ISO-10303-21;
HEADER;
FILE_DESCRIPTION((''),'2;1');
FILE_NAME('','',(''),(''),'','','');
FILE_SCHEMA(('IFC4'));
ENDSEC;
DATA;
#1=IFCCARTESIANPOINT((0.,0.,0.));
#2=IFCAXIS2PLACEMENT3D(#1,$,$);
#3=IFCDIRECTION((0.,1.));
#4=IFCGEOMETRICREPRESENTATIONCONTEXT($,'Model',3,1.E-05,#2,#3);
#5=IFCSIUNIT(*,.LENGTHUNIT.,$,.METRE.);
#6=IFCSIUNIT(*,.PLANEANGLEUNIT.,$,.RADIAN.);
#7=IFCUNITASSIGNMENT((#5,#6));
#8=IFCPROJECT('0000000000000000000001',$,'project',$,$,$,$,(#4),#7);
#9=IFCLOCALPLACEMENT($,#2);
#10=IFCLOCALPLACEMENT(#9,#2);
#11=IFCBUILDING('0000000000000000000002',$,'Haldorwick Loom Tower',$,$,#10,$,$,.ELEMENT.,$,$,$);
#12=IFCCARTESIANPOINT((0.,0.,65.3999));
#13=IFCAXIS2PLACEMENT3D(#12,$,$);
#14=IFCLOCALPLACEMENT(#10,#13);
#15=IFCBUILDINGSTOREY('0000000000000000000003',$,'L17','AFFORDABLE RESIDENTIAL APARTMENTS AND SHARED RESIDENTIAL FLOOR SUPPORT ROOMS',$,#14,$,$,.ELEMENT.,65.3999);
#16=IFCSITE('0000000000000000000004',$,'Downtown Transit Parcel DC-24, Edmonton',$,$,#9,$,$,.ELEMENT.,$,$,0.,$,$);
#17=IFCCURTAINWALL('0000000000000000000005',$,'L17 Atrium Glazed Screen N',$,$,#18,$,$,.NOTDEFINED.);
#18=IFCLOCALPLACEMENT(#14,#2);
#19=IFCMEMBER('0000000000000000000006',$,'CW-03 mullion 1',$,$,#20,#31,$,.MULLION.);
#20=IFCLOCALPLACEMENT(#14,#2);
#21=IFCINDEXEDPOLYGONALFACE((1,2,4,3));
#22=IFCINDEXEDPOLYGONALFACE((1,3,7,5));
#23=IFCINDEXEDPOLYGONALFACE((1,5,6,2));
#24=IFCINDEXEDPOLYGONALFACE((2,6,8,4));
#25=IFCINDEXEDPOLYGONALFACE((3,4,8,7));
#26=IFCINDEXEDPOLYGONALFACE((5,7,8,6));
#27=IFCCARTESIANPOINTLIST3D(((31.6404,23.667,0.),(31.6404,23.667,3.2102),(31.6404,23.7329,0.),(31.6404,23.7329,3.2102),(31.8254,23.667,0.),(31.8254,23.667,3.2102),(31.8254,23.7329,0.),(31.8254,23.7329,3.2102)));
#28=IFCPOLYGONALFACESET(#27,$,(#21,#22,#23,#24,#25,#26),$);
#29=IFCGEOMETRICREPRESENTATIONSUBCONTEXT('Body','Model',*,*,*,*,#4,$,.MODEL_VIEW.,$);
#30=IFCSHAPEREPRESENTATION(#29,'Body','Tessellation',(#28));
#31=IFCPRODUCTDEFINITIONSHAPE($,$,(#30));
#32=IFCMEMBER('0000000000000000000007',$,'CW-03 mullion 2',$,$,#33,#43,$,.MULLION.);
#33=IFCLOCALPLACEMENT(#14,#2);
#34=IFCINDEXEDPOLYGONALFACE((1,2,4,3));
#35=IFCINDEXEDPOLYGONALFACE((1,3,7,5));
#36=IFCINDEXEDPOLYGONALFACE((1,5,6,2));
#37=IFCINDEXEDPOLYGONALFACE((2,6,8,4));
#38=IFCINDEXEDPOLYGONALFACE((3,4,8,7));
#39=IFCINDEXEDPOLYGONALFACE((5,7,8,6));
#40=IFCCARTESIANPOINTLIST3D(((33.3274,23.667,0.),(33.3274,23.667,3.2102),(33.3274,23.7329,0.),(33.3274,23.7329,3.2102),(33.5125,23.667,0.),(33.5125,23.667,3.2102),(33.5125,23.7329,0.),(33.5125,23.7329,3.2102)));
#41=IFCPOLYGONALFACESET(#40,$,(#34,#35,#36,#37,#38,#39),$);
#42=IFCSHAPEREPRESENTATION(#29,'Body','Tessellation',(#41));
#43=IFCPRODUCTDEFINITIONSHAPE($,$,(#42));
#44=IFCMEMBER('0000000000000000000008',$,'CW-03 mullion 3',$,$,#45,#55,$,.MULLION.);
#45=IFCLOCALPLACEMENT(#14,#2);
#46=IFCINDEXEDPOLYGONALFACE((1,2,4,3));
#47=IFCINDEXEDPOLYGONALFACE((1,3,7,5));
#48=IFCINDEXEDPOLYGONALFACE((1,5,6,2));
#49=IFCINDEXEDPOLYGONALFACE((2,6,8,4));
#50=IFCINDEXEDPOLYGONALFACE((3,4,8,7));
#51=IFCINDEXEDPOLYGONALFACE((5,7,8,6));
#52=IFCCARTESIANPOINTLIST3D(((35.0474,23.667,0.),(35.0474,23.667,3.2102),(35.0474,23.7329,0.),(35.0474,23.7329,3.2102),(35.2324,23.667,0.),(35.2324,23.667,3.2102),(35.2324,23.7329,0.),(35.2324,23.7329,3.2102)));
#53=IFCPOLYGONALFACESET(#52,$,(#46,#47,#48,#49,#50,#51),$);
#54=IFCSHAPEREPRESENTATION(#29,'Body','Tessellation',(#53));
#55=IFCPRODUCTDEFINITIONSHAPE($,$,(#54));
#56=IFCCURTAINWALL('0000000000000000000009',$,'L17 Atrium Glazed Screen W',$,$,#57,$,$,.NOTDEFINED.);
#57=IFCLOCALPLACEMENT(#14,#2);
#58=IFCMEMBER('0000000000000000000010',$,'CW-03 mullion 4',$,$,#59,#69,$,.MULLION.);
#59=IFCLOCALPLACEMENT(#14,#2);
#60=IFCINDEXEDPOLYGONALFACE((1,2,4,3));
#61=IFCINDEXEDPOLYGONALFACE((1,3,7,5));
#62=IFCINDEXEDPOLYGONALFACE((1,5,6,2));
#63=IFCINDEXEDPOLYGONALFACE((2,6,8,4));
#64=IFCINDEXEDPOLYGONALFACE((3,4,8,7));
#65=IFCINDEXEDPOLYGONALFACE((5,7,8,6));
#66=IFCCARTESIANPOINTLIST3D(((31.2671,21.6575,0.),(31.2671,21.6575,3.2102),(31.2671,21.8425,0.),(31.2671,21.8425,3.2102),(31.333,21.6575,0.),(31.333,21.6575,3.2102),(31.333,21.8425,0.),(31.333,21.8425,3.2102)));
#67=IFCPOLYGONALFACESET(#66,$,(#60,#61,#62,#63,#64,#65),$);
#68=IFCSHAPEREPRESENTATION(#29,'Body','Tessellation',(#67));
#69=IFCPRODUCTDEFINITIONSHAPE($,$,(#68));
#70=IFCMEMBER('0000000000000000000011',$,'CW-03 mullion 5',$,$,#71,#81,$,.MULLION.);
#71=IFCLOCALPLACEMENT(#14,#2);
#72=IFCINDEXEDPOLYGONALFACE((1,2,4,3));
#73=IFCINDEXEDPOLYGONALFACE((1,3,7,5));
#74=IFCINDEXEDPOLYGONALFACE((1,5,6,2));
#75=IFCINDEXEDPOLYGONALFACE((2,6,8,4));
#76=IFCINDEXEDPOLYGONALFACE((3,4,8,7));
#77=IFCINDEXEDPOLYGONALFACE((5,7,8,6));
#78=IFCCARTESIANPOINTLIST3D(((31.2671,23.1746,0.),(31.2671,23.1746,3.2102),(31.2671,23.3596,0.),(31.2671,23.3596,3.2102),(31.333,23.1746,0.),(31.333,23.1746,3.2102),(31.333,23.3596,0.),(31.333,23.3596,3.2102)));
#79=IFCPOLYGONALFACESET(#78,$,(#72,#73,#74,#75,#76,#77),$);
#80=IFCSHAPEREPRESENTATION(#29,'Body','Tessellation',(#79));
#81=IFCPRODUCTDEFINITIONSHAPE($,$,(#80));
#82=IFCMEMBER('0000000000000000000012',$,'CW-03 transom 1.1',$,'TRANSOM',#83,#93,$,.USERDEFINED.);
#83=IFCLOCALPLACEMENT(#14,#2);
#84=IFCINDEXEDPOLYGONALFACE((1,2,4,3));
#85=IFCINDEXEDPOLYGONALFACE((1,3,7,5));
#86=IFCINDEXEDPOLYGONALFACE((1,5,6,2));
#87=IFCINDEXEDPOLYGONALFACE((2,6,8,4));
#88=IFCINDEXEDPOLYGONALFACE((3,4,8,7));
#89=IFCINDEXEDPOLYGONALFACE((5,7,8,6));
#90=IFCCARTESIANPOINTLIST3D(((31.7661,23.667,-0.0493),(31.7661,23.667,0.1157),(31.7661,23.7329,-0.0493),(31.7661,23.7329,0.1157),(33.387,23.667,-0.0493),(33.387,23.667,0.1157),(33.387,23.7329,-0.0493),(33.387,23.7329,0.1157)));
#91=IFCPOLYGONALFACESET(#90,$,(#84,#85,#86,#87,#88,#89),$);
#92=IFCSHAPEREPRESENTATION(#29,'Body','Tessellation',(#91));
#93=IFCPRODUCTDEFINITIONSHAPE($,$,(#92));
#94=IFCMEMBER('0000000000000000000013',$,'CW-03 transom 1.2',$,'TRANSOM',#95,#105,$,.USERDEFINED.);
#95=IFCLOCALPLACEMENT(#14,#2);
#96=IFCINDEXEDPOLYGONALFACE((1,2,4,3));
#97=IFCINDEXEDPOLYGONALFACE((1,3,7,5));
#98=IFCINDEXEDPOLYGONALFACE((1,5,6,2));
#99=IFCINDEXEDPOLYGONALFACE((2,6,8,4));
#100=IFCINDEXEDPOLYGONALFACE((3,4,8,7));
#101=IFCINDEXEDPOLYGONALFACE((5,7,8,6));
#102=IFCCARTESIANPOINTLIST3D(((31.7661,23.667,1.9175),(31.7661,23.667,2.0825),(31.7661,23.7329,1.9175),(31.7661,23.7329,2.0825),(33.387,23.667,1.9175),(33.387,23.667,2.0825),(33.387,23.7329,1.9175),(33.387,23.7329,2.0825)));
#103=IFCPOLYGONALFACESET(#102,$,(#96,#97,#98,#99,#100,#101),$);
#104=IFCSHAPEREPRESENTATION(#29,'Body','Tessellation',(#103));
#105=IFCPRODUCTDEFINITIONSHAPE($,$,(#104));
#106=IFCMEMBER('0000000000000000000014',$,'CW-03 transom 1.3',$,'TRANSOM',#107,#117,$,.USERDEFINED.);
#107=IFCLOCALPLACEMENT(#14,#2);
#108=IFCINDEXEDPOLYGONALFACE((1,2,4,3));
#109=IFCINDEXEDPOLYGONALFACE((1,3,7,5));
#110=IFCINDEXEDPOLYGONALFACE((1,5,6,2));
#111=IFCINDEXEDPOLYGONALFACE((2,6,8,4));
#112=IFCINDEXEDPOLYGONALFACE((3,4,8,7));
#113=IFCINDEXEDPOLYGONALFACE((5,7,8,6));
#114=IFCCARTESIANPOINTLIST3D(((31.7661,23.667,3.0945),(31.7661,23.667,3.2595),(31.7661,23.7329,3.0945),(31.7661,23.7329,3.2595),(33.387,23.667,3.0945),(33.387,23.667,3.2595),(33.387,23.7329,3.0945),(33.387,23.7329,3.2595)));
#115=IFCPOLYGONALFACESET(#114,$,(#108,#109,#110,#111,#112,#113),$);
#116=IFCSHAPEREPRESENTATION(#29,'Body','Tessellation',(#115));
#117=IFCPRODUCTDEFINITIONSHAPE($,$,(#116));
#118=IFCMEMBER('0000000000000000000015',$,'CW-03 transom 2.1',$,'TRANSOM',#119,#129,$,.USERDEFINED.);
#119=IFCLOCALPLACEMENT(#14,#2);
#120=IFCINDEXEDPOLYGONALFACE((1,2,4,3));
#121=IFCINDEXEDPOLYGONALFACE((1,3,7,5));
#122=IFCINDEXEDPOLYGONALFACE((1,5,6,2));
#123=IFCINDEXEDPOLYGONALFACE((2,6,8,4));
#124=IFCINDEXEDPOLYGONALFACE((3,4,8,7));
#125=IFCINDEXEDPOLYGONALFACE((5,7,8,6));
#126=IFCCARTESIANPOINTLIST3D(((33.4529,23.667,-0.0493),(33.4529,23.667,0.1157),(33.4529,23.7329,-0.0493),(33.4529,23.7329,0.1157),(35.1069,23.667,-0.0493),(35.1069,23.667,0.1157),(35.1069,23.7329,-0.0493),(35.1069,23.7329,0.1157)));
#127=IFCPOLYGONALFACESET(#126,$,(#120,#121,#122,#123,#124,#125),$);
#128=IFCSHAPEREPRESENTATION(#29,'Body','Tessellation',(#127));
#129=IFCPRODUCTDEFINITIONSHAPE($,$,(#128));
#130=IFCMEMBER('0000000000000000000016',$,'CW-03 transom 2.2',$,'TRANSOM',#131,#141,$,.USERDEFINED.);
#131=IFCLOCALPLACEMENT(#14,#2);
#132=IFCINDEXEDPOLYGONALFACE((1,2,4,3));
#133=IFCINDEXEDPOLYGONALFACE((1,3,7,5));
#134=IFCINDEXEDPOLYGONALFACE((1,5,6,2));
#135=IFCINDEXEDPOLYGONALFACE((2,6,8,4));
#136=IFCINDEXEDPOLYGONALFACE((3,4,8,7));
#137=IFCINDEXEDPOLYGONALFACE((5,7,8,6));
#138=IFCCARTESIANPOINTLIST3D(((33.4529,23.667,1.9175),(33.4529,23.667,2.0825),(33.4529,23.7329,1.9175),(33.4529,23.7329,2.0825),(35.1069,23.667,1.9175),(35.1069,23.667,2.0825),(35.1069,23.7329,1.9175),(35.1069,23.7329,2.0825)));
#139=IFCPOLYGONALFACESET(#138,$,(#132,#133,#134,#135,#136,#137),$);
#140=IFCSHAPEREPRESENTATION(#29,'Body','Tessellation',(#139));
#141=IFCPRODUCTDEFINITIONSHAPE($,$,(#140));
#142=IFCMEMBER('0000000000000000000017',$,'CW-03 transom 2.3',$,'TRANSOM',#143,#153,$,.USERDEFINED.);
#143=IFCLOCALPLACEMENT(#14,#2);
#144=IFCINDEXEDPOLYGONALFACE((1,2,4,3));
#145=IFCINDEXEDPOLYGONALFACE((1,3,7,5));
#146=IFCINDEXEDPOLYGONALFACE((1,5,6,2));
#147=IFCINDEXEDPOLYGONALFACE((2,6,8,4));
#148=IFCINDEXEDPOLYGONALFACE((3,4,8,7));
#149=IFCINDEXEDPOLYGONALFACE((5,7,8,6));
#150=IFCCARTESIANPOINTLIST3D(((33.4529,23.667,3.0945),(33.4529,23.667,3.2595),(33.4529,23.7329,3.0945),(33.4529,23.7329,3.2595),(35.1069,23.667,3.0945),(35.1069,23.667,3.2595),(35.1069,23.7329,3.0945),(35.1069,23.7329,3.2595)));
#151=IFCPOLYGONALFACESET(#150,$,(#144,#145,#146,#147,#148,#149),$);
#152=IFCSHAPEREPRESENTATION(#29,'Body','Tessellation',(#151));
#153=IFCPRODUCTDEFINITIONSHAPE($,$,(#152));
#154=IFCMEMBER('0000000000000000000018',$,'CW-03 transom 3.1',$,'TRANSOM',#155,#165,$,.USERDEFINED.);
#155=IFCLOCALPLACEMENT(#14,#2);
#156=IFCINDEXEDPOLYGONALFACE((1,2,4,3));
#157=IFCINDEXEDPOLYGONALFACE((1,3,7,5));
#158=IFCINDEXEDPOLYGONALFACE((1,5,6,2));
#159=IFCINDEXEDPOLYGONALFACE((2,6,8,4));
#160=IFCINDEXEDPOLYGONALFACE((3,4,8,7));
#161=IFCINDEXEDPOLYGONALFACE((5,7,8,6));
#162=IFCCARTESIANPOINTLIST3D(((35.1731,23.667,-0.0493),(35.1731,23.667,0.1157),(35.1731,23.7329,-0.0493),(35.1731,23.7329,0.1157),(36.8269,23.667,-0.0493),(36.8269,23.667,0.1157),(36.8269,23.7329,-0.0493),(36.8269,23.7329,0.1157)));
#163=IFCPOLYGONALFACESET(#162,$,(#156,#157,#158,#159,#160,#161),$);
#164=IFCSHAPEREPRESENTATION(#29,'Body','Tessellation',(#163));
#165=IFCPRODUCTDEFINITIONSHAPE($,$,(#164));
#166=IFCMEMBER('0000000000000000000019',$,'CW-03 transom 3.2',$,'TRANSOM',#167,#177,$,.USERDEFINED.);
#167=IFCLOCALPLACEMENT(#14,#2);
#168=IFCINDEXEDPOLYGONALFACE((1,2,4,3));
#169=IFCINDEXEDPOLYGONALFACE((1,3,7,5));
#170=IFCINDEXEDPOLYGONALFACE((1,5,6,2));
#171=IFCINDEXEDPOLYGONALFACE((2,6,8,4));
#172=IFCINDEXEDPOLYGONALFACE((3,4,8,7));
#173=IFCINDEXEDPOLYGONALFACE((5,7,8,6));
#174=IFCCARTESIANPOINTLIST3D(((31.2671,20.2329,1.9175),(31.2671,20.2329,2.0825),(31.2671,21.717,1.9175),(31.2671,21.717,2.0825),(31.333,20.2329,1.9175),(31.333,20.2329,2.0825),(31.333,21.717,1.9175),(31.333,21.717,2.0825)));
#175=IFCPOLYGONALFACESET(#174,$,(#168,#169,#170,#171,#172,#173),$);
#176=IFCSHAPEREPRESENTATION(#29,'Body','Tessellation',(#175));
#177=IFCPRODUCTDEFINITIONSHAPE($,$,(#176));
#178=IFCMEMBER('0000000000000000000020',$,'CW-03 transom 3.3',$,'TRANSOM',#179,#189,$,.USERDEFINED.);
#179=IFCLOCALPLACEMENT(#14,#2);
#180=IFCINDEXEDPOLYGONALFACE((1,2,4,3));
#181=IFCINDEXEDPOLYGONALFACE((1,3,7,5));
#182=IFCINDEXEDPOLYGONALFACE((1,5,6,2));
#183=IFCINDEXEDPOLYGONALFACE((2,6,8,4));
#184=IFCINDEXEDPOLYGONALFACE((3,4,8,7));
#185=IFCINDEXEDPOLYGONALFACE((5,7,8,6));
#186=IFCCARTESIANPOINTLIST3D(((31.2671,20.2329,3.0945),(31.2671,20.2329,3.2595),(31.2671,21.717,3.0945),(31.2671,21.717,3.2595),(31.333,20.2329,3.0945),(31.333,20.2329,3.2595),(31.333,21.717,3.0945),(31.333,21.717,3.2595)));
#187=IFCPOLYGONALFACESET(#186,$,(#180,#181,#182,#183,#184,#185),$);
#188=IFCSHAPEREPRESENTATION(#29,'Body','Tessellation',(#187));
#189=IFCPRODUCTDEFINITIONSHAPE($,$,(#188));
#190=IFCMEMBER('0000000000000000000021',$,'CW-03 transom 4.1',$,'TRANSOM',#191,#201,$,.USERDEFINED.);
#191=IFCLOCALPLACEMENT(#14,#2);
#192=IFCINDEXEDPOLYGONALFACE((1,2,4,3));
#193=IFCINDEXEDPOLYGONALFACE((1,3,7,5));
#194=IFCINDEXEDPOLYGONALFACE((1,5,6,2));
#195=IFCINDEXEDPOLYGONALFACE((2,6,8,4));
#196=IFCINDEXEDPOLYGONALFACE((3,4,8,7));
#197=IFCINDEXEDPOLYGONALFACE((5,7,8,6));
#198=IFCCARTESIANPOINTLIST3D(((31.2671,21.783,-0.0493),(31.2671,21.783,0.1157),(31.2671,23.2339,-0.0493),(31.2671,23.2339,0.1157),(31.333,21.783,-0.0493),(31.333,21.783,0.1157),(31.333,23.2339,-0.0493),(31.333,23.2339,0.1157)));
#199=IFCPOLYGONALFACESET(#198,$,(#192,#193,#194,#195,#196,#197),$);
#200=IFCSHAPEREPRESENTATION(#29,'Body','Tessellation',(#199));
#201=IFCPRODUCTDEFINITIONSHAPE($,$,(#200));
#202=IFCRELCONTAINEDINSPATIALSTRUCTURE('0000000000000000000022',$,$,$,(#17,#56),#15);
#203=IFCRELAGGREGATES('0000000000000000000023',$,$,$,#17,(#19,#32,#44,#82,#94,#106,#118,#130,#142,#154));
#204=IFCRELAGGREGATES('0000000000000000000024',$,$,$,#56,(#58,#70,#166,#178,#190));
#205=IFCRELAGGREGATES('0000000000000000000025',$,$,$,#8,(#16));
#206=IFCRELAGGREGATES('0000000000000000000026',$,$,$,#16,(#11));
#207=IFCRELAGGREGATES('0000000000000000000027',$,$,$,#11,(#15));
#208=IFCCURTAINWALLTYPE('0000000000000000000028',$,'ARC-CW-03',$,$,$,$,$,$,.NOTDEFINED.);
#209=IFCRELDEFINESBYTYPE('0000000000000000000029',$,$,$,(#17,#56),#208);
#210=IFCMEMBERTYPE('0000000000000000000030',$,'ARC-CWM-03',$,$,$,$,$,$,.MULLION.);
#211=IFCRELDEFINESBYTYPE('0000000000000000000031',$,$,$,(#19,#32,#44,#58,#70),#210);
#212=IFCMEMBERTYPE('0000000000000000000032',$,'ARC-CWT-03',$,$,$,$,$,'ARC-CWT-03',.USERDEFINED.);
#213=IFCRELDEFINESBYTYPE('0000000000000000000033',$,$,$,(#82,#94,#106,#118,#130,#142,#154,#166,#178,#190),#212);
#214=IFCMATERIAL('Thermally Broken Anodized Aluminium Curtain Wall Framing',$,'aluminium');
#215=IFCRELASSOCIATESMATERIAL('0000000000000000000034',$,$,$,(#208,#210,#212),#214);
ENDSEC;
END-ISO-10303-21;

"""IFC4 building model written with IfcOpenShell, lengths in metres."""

from ifc_helpers import new_model, si_unit, direction, frame, origin, origin_2d, place, context, subcontext, project, spatial, rectangle, extrude, material, material_profile, profile_set, type_object, element, aggregate, save


model = new_model("IFC4")

# Units and contexts
model_context = context("Model", 3, precision=1e-05, world=origin(), true_north=direction((0.0, 1.0)))
body_context = subcontext(model_context, "Body", "Model", "MODEL_VIEW")
ifc_project = project(units=[si_unit("LENGTHUNIT", "METRE"), si_unit("PLANEANGLEUNIT", "RADIAN")], contexts=[model_context])

# Site, building, storey
site_placement = place(None, origin())
site = spatial("IfcSite", under=ifc_project, at=site_placement, Name="Downtown Transit Parcel DC-24, Edmonton", CompositionType="ELEMENT", RefElevation=0.0)
building_placement = place(site_placement, origin())
building = spatial("IfcBuilding", under=site, at=building_placement, Name="Haldorwick Loom Tower", CompositionType="ELEMENT")
storey_placement = place(building_placement, frame((0.0, 0.0, 65.3999)))
storey = spatial("IfcBuildingStorey", under=building, at=storey_placement, Name="L17", Description="AFFORDABLE RESIDENTIAL APARTMENTS AND SHARED RESIDENTIAL FLOOR SUPPORT ROOMS", CompositionType="ELEMENT", Elevation=65.3999)

# Curtain walls, members
ifc_material_1 = material(Name="Thermally Broken Anodized Aluminium Curtain Wall Framing", Category="aluminium")
curtain_wall_type = type_object("IfcCurtainWallType", Name="ARC-CW-03", PredefinedType="NOTDEFINED", material=ifc_material_1)
curtain_wall_1_placement = place(storey_placement, origin())
curtain_wall_1 = element("IfcCurtainWall", 1, at=curtain_wall_1_placement, inside=storey, type_object=curtain_wall_type, Name="L17 Atrium Glazed Screen N", PredefinedType="NOTDEFINED")
ifc_material_profile_1 = material_profile(ifc_material_1, rectangle(XDim=0.0659, YDim=0.1851, at=origin_2d()), Name="ALU_MUL_66X185", Category="aluminium")
ifc_profile_set_1 = profile_set([ifc_material_profile_1], Name="Thermally Broken Anodized Aluminium Curtain Wall Framing")
member_type_1 = type_object("IfcMemberType", Name="ARC-CWM-03", PredefinedType="MULLION", material=ifc_profile_set_1)
member_1_placement = place(storey_placement, frame((31.7329, 23.7, 0.0), z_axis=(0.0, 0.0, 1.0), x_axis=(0.0, 1.0, 0.0)))
member_1 = element("IfcMember", 2, at=member_1_placement, type_object=member_type_1, Name="CW-03 mullion 1", PredefinedType="MULLION", context=body_context, shape_type="SweptSolid", body=[
    extrude(rectangle(XDim=0.0659, YDim=0.1851, at=origin_2d()), origin(), (0.0, 0.0, 1.0), 3.2102),
])
member_2_placement = place(storey_placement, frame((33.4199, 23.7, 0.0), z_axis=(0.0, 0.0, 1.0), x_axis=(0.0, 1.0, 0.0)))
member_2 = element("IfcMember", 3, at=member_2_placement, type_object=member_type_1, Name="CW-03 mullion 2", PredefinedType="MULLION", context=body_context, shape_type="SweptSolid", body=[
    extrude(rectangle(XDim=0.0659, YDim=0.1851, at=origin_2d()), origin(), (0.0, 0.0, 1.0), 3.2102),
])
member_3_placement = place(storey_placement, frame((35.1399, 23.7, 0.0), z_axis=(0.0, 0.0, 1.0), x_axis=(0.0, 1.0, 0.0)))
member_3 = element("IfcMember", 4, at=member_3_placement, type_object=member_type_1, Name="CW-03 mullion 3", PredefinedType="MULLION", context=body_context, shape_type="SweptSolid", body=[
    extrude(rectangle(XDim=0.0659, YDim=0.1851, at=origin_2d()), origin(), (0.0, 0.0, 1.0), 3.2102),
])
curtain_wall_2_placement = place(storey_placement, origin())
curtain_wall_2 = element("IfcCurtainWall", 5, at=curtain_wall_2_placement, inside=storey, type_object=curtain_wall_type, Name="L17 Atrium Glazed Screen W", PredefinedType="NOTDEFINED")
member_4_placement = place(storey_placement, frame((31.3, 21.75, 0.0), z_axis=(0.0, 0.0, 1.0), x_axis=(-1.0, 0.0, 0.0)))
member_4 = element("IfcMember", 6, at=member_4_placement, type_object=member_type_1, Name="CW-03 mullion 4", PredefinedType="MULLION", context=body_context, shape_type="SweptSolid", body=[
    extrude(rectangle(XDim=0.0659, YDim=0.1851, at=origin_2d()), origin(), (0.0, 0.0, 1.0), 3.2102),
])
member_5_placement = place(storey_placement, frame((31.3, 23.2671, 0.0), z_axis=(0.0, 0.0, 1.0), x_axis=(-1.0, 0.0, 0.0)))
member_5 = element("IfcMember", 7, at=member_5_placement, type_object=member_type_1, Name="CW-03 mullion 5", PredefinedType="MULLION", context=body_context, shape_type="SweptSolid", body=[
    extrude(rectangle(XDim=0.0659, YDim=0.1851, at=origin_2d()), origin(), (0.0, 0.0, 1.0), 3.2102),
])

# Members
ifc_material_profile_2 = material_profile(ifc_material_1, rectangle(XDim=0.0659, YDim=0.165, at=origin_2d()), Name="ALU_TRN_66X165", Category="aluminium")
ifc_profile_set_2 = profile_set([ifc_material_profile_2], Name="Thermally Broken Anodized Aluminium Curtain Wall Framing")
member_type_2 = type_object("IfcMemberType", Name="ARC-CWT-03", ElementType="ARC-CWT-03", PredefinedType="USERDEFINED", material=ifc_profile_set_2)
member_6_placement = place(storey_placement, frame((31.7661, 23.7, 0.0332), z_axis=(1.0, 0.0, 0.0), x_axis=(0.0, 1.0, 0.0)))
member_6 = element("IfcMember", 8, at=member_6_placement, type_object=member_type_2, Name="CW-03 transom 1.1", ObjectType="TRANSOM", PredefinedType="USERDEFINED", context=body_context, shape_type="SweptSolid", body=[
    extrude(rectangle(XDim=0.0659, YDim=0.165, at=origin_2d()), origin(), (0.0, 0.0, 1.0), 1.6208),
])
member_7_placement = place(storey_placement, frame((31.7661, 23.7, 2.0), z_axis=(1.0, 0.0, 0.0), x_axis=(0.0, 1.0, 0.0)))
member_7 = element("IfcMember", 9, at=member_7_placement, type_object=member_type_2, Name="CW-03 transom 1.2", ObjectType="TRANSOM", PredefinedType="USERDEFINED", context=body_context, shape_type="SweptSolid", body=[
    extrude(rectangle(XDim=0.0659, YDim=0.165, at=origin_2d()), origin(), (0.0, 0.0, 1.0), 1.6208),
])
member_8_placement = place(storey_placement, frame((31.7661, 23.7, 3.177), z_axis=(1.0, 0.0, 0.0), x_axis=(0.0, 1.0, 0.0)))
member_8 = element("IfcMember", 10, at=member_8_placement, type_object=member_type_2, Name="CW-03 transom 1.3", ObjectType="TRANSOM", PredefinedType="USERDEFINED", context=body_context, shape_type="SweptSolid", body=[
    extrude(rectangle(XDim=0.0659, YDim=0.165, at=origin_2d()), origin(), (0.0, 0.0, 1.0), 1.6208),
])
member_9_placement = place(storey_placement, frame((33.4529, 23.7, 0.0332), z_axis=(1.0, 0.0, 0.0), x_axis=(0.0, 1.0, 0.0)))
member_9 = element("IfcMember", 11, at=member_9_placement, type_object=member_type_2, Name="CW-03 transom 2.1", ObjectType="TRANSOM", PredefinedType="USERDEFINED", context=body_context, shape_type="SweptSolid", body=[
    extrude(rectangle(XDim=0.0659, YDim=0.165, at=origin_2d()), origin(), (0.0, 0.0, 1.0), 1.6541),
])
member_10_placement = place(storey_placement, frame((33.4529, 23.7, 2.0), z_axis=(1.0, 0.0, 0.0), x_axis=(0.0, 1.0, 0.0)))
member_10 = element("IfcMember", 12, at=member_10_placement, type_object=member_type_2, Name="CW-03 transom 2.2", ObjectType="TRANSOM", PredefinedType="USERDEFINED", context=body_context, shape_type="SweptSolid", body=[
    extrude(rectangle(XDim=0.0659, YDim=0.165, at=origin_2d()), origin(), (0.0, 0.0, 1.0), 1.6541),
])
member_11_placement = place(storey_placement, frame((33.4529, 23.7, 3.177), z_axis=(1.0, 0.0, 0.0), x_axis=(0.0, 1.0, 0.0)))
member_11 = element("IfcMember", 13, at=member_11_placement, type_object=member_type_2, Name="CW-03 transom 2.3", ObjectType="TRANSOM", PredefinedType="USERDEFINED", context=body_context, shape_type="SweptSolid", body=[
    extrude(rectangle(XDim=0.0659, YDim=0.165, at=origin_2d()), origin(), (0.0, 0.0, 1.0), 1.6541),
])
member_12_placement = place(storey_placement, frame((35.1731, 23.7, 0.0332), z_axis=(1.0, 0.0, 0.0), x_axis=(0.0, 1.0, 0.0)))
member_12 = element("IfcMember", 14, at=member_12_placement, type_object=member_type_2, Name="CW-03 transom 3.1", ObjectType="TRANSOM", PredefinedType="USERDEFINED", context=body_context, shape_type="SweptSolid", body=[
    extrude(rectangle(XDim=0.0659, YDim=0.165, at=origin_2d()), origin(), (0.0, 0.0, 1.0), 1.6538),
])
member_13_placement = place(storey_placement, frame((31.3, 20.2329, 2.0), z_axis=(0.0, 1.0, 0.0), x_axis=(-1.0, 0.0, 0.0)))
member_13 = element("IfcMember", 15, at=member_13_placement, type_object=member_type_2, Name="CW-03 transom 3.2", ObjectType="TRANSOM", PredefinedType="USERDEFINED", context=body_context, shape_type="SweptSolid", body=[
    extrude(rectangle(XDim=0.0659, YDim=0.165, at=origin_2d()), origin(), (0.0, 0.0, 1.0), 1.4841),
])
member_14_placement = place(storey_placement, frame((31.3, 20.2329, 3.177), z_axis=(0.0, 1.0, 0.0), x_axis=(-1.0, 0.0, 0.0)))
member_14 = element("IfcMember", 16, at=member_14_placement, type_object=member_type_2, Name="CW-03 transom 3.3", ObjectType="TRANSOM", PredefinedType="USERDEFINED", context=body_context, shape_type="SweptSolid", body=[
    extrude(rectangle(XDim=0.0659, YDim=0.165, at=origin_2d()), origin(), (0.0, 0.0, 1.0), 1.4841),
])
member_15_placement = place(storey_placement, frame((31.3, 21.783, 0.0332), z_axis=(0.0, 1.0, 0.0), x_axis=(-1.0, 0.0, 0.0)))
member_15 = element("IfcMember", 17, at=member_15_placement, type_object=member_type_2, Name="CW-03 transom 4.1", ObjectType="TRANSOM", PredefinedType="USERDEFINED", context=body_context, shape_type="SweptSolid", body=[
    extrude(rectangle(XDim=0.0659, YDim=0.165, at=origin_2d()), origin(), (0.0, 0.0, 1.0), 1.4509),
])

aggregate(curtain_wall_1, [member_1, member_2, member_3, member_6, member_7, member_8, member_9, member_10, member_11, member_12])
aggregate(curtain_wall_2, [member_4, member_5, member_13, member_14, member_15])

save(model, "model.ifc")
